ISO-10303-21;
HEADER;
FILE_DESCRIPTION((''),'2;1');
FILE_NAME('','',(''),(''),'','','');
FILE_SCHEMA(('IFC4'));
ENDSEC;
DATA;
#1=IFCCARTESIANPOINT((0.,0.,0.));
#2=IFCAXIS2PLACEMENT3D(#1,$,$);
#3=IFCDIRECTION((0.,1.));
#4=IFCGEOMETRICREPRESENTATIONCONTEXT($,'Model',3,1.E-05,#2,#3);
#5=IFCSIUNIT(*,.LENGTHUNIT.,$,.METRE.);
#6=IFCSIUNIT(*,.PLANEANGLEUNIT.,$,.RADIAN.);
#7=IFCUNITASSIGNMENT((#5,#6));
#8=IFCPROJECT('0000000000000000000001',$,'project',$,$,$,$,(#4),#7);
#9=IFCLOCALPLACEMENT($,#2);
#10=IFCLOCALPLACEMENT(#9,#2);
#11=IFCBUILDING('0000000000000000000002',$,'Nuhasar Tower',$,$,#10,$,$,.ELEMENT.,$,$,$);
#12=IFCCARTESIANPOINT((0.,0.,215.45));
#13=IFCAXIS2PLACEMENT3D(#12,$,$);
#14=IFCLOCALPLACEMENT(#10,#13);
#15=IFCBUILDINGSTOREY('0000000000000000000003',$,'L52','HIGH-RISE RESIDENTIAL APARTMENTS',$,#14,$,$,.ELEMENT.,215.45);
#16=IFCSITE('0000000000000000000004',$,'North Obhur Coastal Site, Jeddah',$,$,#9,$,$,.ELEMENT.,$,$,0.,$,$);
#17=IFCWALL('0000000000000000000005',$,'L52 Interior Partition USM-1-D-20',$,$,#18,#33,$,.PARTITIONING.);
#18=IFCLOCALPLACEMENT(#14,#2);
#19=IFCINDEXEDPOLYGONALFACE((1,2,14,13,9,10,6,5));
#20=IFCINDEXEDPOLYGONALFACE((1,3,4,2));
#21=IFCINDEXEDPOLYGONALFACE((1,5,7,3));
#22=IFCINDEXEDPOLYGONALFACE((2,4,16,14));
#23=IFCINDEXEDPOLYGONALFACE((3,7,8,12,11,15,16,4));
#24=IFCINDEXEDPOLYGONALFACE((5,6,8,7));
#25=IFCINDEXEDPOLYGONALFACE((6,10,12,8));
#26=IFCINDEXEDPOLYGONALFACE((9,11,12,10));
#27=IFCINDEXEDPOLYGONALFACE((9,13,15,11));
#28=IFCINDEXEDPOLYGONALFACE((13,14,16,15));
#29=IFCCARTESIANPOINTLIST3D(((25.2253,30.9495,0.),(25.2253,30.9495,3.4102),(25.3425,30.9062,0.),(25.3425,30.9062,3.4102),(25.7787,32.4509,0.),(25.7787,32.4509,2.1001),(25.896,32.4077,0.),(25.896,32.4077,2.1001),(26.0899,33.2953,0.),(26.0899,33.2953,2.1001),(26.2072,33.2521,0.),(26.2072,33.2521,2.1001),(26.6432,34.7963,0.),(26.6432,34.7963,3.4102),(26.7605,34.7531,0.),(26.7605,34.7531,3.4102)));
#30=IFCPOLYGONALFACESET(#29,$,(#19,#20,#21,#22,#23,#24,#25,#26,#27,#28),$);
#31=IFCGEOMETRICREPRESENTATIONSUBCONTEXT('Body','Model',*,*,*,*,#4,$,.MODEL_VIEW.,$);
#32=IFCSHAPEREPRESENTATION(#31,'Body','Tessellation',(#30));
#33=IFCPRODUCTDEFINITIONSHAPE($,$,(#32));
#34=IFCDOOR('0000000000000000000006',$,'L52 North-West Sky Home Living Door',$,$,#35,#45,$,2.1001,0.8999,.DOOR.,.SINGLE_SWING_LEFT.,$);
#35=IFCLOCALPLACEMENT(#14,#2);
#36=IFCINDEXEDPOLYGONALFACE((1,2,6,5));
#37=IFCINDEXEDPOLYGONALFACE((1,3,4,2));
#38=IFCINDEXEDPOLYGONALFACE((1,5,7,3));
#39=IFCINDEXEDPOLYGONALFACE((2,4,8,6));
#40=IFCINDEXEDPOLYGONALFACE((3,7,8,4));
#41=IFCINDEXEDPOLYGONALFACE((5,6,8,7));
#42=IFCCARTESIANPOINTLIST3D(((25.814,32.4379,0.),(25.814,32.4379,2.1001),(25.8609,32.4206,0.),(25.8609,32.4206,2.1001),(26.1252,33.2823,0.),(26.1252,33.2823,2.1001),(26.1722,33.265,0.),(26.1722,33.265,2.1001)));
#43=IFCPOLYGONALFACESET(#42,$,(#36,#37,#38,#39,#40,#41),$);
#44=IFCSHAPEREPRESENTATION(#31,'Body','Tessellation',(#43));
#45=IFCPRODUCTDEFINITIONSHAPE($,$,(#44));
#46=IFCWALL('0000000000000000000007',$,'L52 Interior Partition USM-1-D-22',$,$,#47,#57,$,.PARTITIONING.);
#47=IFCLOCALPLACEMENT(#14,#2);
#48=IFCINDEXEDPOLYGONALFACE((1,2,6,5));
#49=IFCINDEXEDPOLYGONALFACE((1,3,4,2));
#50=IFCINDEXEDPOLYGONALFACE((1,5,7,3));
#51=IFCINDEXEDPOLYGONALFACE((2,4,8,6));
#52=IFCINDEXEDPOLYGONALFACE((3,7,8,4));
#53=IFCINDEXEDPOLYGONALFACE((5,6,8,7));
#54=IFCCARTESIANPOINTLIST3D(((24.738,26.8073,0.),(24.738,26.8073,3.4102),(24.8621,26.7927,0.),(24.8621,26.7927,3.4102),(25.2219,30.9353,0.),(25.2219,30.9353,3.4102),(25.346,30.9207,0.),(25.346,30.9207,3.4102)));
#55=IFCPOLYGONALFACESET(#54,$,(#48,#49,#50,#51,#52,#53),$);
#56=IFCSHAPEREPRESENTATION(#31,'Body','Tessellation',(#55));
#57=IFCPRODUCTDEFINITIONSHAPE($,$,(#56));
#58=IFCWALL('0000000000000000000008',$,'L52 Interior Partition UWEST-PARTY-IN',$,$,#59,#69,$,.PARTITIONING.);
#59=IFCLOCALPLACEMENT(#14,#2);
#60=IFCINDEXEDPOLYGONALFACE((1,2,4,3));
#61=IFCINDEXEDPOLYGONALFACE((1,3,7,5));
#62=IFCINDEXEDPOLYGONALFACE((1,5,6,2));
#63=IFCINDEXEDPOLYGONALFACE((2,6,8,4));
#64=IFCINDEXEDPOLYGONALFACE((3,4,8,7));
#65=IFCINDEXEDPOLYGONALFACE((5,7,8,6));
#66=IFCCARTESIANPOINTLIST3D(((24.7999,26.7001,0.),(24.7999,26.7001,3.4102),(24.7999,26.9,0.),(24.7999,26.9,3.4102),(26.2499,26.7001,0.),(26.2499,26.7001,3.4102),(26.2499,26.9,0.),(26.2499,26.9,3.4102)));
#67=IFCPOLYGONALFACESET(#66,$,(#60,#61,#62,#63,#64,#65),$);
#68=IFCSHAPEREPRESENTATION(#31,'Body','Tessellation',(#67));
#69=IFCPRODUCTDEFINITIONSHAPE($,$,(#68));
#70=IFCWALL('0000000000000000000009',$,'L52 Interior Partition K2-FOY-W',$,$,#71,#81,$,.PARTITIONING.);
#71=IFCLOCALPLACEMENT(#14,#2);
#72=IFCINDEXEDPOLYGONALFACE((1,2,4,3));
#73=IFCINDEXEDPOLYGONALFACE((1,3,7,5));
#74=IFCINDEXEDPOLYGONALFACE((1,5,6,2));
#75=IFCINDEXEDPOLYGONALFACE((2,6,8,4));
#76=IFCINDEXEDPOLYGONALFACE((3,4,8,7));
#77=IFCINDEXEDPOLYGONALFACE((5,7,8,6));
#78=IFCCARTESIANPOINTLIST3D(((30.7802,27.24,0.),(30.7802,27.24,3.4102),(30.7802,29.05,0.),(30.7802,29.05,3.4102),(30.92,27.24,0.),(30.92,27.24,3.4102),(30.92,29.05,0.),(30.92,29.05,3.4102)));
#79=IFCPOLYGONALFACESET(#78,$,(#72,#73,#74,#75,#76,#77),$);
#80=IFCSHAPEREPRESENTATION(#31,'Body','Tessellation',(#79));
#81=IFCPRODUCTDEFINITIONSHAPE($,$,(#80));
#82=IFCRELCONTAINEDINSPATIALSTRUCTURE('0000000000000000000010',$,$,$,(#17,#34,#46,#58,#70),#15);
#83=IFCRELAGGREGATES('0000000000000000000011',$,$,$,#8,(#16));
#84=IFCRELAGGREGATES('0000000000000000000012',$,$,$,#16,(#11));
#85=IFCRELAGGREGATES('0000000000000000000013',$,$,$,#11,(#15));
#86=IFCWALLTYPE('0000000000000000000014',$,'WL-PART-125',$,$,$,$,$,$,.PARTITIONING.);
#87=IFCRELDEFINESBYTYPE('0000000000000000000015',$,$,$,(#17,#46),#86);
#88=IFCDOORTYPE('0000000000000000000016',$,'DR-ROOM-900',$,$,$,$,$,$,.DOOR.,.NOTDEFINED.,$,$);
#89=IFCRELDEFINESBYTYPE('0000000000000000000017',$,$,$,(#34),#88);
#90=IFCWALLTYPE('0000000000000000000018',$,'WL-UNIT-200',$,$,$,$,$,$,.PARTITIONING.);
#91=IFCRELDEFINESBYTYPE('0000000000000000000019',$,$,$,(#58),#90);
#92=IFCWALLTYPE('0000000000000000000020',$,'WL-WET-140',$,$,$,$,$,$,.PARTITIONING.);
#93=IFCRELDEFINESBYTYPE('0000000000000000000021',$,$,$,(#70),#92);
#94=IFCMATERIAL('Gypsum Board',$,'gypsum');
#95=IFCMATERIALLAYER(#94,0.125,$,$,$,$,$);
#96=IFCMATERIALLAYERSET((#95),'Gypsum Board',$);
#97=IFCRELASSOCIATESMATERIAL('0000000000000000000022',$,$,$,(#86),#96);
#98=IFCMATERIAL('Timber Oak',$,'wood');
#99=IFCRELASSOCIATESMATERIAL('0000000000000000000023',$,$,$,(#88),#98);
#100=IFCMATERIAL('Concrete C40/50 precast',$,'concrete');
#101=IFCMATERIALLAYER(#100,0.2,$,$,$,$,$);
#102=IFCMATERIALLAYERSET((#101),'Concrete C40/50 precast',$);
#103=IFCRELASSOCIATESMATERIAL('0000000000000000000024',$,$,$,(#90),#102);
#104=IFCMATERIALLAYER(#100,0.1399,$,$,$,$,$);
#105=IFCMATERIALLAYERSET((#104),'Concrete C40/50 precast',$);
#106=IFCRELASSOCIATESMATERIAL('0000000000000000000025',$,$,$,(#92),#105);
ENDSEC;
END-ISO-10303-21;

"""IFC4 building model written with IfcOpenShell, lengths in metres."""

from ifc_helpers import new_model, si_unit, direction, frame, frame_2d, origin, place, context, subcontext, project, spatial, rectangle, extrude, material, layer, layer_set, type_object, element, fill, save


model = new_model("IFC4")

# Units and contexts
model_context = context("Model", 3, precision=1e-05, world=origin(), true_north=direction((0.0, 1.0)))
body_context = subcontext(model_context, "Body", "Model", "MODEL_VIEW")
ifc_project = project(units=[si_unit("LENGTHUNIT", "METRE"), si_unit("PLANEANGLEUNIT", "RADIAN")], contexts=[model_context])

# Site, building, storey
site_placement = place(None, origin())
site = spatial("IfcSite", under=ifc_project, at=site_placement, Name="North Obhur Coastal Site, Jeddah", CompositionType="ELEMENT", RefElevation=0.0)
building_placement = place(site_placement, origin())
building = spatial("IfcBuilding", under=site, at=building_placement, Name="Nuhasar Tower", CompositionType="ELEMENT")
storey_placement = place(building_placement, frame((0.0, 0.0, 215.45)))
storey = spatial("IfcBuildingStorey", under=building, at=storey_placement, Name="L52", Description="HIGH-RISE RESIDENTIAL APARTMENTS", CompositionType="ELEMENT", Elevation=215.45)

# Shared definitions
ifc_material_1 = material(Name="Gypsum Board", Category="gypsum")

# Shared definitions
ifc_material_2 = material(Name="Timber Oak", Category="wood")

# Shared definitions
ifc_layer_1 = layer(ifc_material_1, 0.125)
ifc_layer_set_1 = layer_set([ifc_layer_1], Name="Gypsum Board")
wall_type_1 = type_object("IfcWallType", Name="WL-PART-125", PredefinedType="PARTITIONING", material=ifc_layer_set_1)

# Wall, opening, door
wall_1_placement = place(storey_placement, frame((25.2839, 30.928, 0.0), z_axis=(0.0, 0.0, 1.0), x_axis=(0.345852, 0.938289, 0.0)))
wall_1 = element("IfcWall", 1, at=wall_1_placement, inside=storey, type_object=wall_type_1, Name="L52 Interior Partition USM-1-D-20", PredefinedType="PARTITIONING", context=body_context, shape_type="SweptSolid", body=[
    extrude(rectangle(XDim=4.0999, YDim=0.125, at=frame_2d((2.0498, 0.0))), origin(), (0.0, 0.0, 1.0), 3.4102),
])
opening_1_placement = place(wall_1_placement, frame((1.6001, 0.0, 0.0)))
opening_1 = element("IfcOpeningElement", 2, at=opening_1_placement, cuts=wall_1, PredefinedType="OPENING", context=body_context, shape_type="SweptSolid", body=[
    extrude(rectangle(XDim=0.8999, YDim=2.1001, at=frame_2d((0.45, 1.05))), frame((0.0, 0.0725, 0.0), z_axis=(0.0, -1.0, 0.0), x_axis=(1.0, 0.0, 0.0)), (0.0, 0.0, 1.0), 0.145),
])
door_type_1 = type_object("IfcDoorType", Name="DR-ROOM-900", OperationType="NOTDEFINED", PredefinedType="DOOR", material=ifc_material_2)
door_1_placement = place(opening_1_placement, origin())
door_1 = element("IfcDoor", 3, at=door_1_placement, inside=storey, type_object=door_type_1, Name="L52 North-West Sky Home Living Door", OperationType="SINGLE_SWING_LEFT", OverallHeight=2.1001, OverallWidth=0.8999, PredefinedType="DOOR", context=body_context, shape_type="SweptSolid", body=[
    extrude(rectangle(XDim=0.8999, YDim=2.1001, at=frame_2d((0.45, 1.05))), frame((0.0, 0.0249, 0.0), z_axis=(0.0, -1.0, 0.0), x_axis=(1.0, 0.0, 0.0)), (0.0, 0.0, 1.0), 0.05),
])
fill(opening_1, door_1)

# Walls
wall_2_placement = place(storey_placement, frame((25.2839, 30.928, 0.0), z_axis=(0.0, 0.0, 1.0), x_axis=(-0.116425, -0.993199, 0.0)))
element("IfcWall", 4, at=wall_2_placement, inside=storey, type_object=wall_type_1, Name="L52 Interior Partition USM-1-D-22", PredefinedType="PARTITIONING", context=body_context, shape_type="SweptSolid", body=[
    extrude(rectangle(XDim=4.1562, YDim=0.125, at=frame_2d((2.0781, 0.0))), origin(), (0.0, 0.0, 1.0), 3.4102),
])
ifc_material_3 = material(Name="Concrete C40/50 precast", Category="concrete")
ifc_layer_2 = layer(ifc_material_3, 0.2)
ifc_layer_set_2 = layer_set([ifc_layer_2], Name="Concrete C40/50 precast")
wall_type_2 = type_object("IfcWallType", Name="WL-UNIT-200", PredefinedType="PARTITIONING", material=ifc_layer_set_2)
wall_3_placement = place(storey_placement, frame((26.25, 26.8, 0.0), z_axis=(0.0, 0.0, 1.0), x_axis=(-1.0, 0.0, 0.0)))
element("IfcWall", 5, at=wall_3_placement, inside=storey, type_object=wall_type_2, Name="L52 Interior Partition UWEST-PARTY-IN", PredefinedType="PARTITIONING", context=body_context, shape_type="SweptSolid", body=[
    extrude(rectangle(XDim=1.45, YDim=0.2, at=frame_2d((0.7251, 0.0))), origin(), (0.0, 0.0, 1.0), 3.4102),
])
ifc_layer_3 = layer(ifc_material_3, 0.1399)
ifc_layer_set_3 = layer_set([ifc_layer_3], Name="Concrete C40/50 precast")
wall_type_3 = type_object("IfcWallType", Name="WL-WET-140", PredefinedType="PARTITIONING", material=ifc_layer_set_3)
wall_4_placement = place(storey_placement, frame((30.8501, 27.24, 0.0), z_axis=(0.0, 0.0, 1.0), x_axis=(0.0, 1.0, 0.0)))
element("IfcWall", 6, at=wall_4_placement, inside=storey, type_object=wall_type_3, Name="L52 Interior Partition K2-FOY-W", PredefinedType="PARTITIONING", context=body_context, shape_type="SweptSolid", body=[
    extrude(rectangle(XDim=1.8101, YDim=0.1399, at=frame_2d((0.905, 0.0))), origin(), (0.0, 0.0, 1.0), 3.4102),
])

save(model, "model.ifc")
